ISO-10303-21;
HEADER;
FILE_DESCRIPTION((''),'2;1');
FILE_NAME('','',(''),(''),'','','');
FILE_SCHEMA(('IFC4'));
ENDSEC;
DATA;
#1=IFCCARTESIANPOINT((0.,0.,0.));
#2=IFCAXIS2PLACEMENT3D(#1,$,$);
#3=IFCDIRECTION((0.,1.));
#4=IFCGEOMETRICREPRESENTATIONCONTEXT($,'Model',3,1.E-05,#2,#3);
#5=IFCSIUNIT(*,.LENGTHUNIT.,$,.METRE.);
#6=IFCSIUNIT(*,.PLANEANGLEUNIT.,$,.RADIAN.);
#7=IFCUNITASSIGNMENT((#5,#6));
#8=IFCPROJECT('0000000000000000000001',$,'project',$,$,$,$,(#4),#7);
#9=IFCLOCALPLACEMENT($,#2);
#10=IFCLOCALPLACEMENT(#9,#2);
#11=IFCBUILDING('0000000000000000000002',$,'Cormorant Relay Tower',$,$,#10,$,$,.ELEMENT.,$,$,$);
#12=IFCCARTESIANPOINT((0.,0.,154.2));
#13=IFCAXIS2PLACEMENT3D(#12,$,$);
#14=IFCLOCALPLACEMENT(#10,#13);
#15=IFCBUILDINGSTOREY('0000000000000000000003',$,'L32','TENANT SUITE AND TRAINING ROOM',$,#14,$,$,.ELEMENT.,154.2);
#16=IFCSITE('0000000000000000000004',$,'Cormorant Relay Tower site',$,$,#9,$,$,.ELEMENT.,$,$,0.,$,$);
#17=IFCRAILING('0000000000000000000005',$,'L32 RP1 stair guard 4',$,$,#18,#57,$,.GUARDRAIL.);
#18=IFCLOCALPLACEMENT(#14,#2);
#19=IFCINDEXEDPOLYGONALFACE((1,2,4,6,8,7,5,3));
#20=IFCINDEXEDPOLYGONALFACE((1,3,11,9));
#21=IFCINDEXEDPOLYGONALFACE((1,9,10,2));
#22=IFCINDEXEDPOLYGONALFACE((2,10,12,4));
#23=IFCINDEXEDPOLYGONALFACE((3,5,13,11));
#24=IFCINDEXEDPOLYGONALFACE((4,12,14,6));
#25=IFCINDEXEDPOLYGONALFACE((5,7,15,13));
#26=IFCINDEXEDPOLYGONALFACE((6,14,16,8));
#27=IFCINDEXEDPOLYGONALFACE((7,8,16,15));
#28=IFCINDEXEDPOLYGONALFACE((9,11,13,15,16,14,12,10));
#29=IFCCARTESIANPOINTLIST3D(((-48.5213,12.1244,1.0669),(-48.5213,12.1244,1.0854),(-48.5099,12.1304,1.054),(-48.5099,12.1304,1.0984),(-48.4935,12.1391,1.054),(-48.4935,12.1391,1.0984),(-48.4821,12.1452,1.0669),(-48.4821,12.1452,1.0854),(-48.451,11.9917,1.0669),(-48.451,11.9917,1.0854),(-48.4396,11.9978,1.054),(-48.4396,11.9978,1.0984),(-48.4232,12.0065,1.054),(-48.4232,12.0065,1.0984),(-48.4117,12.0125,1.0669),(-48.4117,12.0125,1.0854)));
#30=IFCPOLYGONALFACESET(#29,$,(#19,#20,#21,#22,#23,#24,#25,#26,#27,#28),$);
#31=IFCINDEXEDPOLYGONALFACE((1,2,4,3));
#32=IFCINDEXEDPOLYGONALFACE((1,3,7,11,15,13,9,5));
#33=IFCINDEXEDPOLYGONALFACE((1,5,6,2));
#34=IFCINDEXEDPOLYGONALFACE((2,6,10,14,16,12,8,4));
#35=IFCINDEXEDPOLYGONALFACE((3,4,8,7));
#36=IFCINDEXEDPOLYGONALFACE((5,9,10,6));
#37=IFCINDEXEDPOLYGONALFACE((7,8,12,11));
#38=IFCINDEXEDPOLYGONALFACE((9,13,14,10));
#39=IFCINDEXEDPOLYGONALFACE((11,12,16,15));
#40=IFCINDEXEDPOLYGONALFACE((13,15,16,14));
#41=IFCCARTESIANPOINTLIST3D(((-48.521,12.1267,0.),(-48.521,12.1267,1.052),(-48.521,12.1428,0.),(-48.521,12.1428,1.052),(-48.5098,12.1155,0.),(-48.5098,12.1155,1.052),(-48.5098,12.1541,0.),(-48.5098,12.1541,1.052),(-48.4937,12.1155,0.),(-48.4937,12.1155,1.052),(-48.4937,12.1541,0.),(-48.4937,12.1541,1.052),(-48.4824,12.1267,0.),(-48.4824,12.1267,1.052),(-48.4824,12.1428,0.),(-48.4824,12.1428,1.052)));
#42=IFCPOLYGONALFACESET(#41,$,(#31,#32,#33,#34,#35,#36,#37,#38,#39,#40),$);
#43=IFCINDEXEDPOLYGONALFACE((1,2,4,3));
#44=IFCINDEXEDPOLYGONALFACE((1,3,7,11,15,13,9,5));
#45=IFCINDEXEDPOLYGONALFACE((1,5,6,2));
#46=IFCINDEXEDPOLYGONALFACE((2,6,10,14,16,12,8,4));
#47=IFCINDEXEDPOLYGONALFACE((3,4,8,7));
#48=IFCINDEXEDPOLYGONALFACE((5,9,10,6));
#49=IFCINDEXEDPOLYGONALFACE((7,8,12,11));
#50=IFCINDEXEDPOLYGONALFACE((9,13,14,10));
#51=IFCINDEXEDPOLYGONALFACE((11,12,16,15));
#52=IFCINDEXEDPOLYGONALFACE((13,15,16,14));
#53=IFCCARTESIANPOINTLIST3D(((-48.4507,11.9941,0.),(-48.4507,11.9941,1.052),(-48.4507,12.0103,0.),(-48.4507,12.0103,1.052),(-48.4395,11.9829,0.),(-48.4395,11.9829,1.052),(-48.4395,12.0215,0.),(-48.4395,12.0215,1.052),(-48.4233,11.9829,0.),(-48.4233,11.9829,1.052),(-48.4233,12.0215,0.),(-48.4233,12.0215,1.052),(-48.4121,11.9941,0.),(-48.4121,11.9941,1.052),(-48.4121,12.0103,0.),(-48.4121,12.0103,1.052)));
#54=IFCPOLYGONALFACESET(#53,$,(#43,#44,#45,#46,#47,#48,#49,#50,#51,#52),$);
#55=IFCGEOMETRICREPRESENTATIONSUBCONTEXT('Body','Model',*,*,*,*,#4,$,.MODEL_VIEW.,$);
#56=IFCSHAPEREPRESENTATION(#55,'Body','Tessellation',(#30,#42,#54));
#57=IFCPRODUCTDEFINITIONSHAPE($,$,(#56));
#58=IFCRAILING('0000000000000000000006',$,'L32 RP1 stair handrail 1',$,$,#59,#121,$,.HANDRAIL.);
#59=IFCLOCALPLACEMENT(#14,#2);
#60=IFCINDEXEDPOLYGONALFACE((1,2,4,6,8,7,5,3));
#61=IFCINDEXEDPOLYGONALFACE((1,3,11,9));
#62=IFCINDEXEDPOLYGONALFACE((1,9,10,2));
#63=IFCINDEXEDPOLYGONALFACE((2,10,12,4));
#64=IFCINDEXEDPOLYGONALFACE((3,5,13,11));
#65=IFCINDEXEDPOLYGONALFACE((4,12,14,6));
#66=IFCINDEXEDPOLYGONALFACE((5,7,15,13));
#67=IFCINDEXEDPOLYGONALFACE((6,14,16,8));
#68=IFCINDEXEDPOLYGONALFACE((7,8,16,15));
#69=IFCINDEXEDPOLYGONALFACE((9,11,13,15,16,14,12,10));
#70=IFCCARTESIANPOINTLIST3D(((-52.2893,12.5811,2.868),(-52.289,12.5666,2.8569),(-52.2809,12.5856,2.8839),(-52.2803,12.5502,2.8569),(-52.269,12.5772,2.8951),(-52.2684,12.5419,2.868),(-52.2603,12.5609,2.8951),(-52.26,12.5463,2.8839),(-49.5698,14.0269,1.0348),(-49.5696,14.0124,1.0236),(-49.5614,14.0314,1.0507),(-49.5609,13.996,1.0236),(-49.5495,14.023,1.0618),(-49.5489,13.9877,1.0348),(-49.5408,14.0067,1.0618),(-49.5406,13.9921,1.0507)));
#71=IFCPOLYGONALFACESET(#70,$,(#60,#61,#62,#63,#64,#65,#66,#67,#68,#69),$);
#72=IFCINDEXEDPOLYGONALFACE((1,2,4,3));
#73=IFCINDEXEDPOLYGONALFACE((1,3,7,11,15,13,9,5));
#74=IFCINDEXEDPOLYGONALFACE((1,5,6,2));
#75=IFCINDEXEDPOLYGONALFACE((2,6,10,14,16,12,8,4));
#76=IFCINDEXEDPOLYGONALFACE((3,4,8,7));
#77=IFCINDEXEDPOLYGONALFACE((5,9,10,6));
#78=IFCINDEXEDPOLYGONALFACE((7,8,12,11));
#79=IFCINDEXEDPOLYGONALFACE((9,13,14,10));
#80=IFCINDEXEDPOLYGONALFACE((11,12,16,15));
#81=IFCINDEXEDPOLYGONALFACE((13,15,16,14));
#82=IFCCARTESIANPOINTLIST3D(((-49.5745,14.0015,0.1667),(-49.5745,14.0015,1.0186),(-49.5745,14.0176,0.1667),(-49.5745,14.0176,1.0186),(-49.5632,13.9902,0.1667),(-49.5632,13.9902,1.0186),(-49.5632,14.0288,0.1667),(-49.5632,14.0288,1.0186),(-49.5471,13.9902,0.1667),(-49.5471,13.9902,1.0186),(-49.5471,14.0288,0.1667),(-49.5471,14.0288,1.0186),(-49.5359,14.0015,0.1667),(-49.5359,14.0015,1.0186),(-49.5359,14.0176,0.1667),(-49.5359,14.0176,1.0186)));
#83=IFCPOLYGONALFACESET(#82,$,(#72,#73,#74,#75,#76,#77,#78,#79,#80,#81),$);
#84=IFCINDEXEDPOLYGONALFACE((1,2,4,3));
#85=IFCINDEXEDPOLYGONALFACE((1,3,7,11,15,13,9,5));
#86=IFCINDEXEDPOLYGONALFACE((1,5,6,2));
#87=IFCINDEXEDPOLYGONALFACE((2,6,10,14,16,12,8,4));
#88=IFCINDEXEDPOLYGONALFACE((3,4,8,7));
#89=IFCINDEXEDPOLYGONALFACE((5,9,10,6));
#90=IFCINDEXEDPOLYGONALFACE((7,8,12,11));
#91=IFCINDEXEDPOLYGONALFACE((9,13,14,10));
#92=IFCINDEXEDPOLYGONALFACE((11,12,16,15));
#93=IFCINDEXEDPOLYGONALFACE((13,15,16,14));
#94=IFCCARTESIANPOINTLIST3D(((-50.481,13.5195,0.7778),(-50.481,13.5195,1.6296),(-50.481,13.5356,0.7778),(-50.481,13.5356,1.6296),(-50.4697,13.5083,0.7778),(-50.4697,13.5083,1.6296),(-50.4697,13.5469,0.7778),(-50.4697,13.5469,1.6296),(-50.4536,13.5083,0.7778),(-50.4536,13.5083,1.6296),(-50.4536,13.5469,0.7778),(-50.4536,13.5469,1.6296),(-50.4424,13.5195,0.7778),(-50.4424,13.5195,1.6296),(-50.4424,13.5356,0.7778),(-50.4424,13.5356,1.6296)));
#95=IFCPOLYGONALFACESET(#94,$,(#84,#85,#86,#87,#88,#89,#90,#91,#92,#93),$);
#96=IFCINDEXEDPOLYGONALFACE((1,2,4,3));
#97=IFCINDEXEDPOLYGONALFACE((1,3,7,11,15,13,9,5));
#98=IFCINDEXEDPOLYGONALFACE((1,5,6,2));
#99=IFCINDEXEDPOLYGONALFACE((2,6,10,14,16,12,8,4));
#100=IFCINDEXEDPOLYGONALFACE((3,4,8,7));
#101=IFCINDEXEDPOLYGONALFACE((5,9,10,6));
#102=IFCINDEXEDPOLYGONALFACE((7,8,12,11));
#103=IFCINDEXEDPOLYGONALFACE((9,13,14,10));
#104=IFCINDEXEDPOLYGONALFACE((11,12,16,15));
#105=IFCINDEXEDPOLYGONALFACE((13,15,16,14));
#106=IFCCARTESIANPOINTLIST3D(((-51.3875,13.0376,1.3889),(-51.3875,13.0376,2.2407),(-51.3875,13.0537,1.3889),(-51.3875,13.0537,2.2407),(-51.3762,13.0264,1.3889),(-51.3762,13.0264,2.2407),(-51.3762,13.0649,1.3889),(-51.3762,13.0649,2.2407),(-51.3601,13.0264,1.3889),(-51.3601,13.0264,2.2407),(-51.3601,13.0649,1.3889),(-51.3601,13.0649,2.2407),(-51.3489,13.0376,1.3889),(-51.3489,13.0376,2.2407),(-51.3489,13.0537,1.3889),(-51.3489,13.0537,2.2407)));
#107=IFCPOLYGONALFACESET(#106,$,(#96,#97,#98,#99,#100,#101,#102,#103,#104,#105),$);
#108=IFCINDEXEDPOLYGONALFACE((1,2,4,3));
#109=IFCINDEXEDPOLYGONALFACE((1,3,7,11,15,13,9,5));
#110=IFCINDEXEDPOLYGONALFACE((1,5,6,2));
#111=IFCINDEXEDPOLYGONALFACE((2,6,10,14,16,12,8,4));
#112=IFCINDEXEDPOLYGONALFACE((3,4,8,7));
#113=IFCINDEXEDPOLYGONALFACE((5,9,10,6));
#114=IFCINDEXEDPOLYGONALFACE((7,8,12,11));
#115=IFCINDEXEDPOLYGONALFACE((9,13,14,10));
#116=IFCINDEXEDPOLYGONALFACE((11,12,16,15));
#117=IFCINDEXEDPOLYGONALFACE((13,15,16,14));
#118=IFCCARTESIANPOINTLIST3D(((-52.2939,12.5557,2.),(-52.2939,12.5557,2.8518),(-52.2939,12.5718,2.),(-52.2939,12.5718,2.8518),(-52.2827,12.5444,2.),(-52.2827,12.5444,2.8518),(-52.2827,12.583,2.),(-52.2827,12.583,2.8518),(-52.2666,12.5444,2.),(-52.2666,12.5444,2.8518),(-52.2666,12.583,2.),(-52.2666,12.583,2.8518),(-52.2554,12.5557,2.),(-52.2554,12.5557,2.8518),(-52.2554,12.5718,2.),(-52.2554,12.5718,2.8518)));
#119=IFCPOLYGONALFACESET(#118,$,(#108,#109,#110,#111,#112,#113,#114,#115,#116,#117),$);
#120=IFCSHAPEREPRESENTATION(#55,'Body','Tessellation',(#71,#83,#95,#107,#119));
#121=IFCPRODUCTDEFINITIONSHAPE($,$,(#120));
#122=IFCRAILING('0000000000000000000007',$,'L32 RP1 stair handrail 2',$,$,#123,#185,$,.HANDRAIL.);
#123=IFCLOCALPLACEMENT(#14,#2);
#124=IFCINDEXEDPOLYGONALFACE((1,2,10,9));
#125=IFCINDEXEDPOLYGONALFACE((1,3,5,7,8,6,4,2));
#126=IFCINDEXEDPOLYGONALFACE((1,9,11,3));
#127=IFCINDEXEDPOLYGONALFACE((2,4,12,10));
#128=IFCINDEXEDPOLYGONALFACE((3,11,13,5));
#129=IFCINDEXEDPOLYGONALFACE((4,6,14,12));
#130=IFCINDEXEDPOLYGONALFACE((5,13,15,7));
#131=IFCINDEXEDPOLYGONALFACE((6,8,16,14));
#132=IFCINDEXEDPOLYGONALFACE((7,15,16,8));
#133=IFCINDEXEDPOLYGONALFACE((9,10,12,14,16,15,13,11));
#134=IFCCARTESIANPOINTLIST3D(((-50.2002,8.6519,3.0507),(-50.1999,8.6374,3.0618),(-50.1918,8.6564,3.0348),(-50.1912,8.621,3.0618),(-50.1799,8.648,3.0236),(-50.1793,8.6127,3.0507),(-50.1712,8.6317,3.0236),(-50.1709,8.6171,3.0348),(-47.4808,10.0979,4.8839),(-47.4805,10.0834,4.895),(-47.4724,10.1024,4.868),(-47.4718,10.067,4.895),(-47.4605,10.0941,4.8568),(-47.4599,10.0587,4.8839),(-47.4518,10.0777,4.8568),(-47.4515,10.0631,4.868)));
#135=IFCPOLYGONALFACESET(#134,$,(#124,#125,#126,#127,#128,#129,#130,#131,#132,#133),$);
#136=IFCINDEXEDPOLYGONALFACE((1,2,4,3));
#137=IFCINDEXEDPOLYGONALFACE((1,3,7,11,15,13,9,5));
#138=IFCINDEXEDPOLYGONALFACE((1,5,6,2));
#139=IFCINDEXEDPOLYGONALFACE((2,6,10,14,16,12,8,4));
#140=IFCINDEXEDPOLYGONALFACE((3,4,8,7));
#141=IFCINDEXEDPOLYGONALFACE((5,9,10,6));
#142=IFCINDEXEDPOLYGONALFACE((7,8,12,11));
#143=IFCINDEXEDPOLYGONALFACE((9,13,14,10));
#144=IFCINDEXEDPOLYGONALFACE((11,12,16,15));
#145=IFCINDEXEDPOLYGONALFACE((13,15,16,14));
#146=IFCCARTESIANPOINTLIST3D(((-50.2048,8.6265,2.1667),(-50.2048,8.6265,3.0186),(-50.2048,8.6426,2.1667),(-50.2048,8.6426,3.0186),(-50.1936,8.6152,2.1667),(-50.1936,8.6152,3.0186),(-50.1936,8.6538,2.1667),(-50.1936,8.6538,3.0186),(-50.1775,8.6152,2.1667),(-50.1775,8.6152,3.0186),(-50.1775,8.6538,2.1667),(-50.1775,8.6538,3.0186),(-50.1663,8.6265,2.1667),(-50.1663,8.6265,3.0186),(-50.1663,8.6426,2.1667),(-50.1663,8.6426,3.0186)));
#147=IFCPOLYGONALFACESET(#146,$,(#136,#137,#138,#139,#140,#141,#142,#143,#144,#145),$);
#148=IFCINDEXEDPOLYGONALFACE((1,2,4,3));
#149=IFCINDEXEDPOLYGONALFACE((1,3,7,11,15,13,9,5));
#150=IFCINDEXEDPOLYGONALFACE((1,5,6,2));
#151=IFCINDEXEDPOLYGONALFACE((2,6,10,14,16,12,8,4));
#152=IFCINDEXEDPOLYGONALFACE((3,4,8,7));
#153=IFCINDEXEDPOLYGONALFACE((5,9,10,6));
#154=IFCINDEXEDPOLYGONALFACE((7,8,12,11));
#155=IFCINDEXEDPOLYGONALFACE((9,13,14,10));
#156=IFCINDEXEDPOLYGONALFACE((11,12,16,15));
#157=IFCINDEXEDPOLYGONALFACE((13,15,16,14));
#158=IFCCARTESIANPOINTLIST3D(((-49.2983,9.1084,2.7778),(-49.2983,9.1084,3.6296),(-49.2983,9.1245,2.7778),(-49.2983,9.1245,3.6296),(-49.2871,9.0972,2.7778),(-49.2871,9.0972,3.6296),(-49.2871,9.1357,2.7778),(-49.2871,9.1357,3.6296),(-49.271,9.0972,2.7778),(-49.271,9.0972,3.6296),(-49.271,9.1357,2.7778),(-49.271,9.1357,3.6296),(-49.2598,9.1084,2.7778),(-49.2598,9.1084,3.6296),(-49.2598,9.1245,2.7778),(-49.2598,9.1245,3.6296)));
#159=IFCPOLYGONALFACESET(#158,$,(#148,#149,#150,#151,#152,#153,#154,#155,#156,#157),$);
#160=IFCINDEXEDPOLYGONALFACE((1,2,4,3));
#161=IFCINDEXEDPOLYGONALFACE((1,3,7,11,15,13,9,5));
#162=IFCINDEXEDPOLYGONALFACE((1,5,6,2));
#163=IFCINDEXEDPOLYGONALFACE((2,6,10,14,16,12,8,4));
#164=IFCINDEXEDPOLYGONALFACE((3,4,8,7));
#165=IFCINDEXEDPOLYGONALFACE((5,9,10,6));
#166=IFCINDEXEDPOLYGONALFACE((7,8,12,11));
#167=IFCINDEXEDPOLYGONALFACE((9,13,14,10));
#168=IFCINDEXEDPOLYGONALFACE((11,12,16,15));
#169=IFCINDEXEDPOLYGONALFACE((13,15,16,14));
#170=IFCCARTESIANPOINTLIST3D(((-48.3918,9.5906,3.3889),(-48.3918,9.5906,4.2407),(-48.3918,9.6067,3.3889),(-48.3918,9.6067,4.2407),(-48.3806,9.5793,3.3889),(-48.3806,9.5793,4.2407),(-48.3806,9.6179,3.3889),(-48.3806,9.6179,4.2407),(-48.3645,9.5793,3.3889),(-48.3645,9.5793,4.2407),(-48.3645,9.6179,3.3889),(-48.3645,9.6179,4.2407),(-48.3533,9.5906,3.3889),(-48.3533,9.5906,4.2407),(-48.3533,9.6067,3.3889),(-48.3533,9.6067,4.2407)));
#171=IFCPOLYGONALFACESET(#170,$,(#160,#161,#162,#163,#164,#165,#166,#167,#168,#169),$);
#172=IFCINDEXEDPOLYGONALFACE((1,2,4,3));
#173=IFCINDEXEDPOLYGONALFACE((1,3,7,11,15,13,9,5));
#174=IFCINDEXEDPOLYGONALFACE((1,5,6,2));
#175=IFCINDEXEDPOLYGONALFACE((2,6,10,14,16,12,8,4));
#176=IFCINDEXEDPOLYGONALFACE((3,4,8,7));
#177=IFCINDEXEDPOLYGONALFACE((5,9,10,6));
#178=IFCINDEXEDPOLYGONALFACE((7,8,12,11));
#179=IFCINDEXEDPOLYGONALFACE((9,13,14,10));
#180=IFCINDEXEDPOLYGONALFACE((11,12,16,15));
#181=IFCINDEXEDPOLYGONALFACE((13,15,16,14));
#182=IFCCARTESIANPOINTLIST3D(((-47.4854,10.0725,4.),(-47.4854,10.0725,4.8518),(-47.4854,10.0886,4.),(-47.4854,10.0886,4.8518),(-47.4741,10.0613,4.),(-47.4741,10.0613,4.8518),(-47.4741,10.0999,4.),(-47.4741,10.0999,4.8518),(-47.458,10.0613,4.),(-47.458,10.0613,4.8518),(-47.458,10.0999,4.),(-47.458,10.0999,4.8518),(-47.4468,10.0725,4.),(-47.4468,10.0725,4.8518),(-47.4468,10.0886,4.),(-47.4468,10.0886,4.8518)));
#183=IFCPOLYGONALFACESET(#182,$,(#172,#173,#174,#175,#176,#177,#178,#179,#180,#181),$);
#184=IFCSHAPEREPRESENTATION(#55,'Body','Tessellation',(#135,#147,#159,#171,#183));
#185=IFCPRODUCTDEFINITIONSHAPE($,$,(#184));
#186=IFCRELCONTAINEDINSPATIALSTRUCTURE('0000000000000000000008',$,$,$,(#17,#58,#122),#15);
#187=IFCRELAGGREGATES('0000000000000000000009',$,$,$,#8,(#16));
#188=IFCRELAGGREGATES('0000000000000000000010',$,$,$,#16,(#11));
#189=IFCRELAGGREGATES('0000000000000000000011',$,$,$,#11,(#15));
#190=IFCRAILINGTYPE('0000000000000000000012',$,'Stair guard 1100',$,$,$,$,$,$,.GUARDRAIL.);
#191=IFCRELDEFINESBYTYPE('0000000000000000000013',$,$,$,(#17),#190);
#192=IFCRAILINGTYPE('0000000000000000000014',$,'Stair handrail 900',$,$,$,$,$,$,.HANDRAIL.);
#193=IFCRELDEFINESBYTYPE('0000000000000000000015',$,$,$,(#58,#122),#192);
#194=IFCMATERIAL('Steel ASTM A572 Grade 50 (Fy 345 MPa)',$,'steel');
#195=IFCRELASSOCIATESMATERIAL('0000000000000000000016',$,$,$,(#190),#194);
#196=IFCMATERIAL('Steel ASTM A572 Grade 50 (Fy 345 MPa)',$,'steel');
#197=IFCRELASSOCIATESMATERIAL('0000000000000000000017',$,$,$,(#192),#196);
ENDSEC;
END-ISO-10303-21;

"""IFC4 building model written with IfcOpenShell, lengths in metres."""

from ifc_helpers import new_model, si_unit, direction, frame, origin, place, context, subcontext, project, spatial, polyline, outline, extrude, material, type_object, element, save


model = new_model("IFC4")

# Units and contexts
model_context = context("Model", 3, precision=1e-05, world=origin(), true_north=direction((0.0, 1.0)))
body_context = subcontext(model_context, "Body", "Model", "MODEL_VIEW")
ifc_project = project(units=[si_unit("LENGTHUNIT", "METRE"), si_unit("PLANEANGLEUNIT", "RADIAN")], contexts=[model_context])

# Site, building, storey
site_placement = place(None, origin())
site = spatial("IfcSite", under=ifc_project, at=site_placement, Name="Cormorant Relay Tower site", CompositionType="ELEMENT", RefElevation=0.0)
building_placement = place(site_placement, origin())
building = spatial("IfcBuilding", under=site, at=building_placement, Name="Cormorant Relay Tower", CompositionType="ELEMENT")
storey_placement = place(building_placement, frame((0.0, 0.0, 154.2)))
storey = spatial("IfcBuildingStorey", under=building, at=storey_placement, Name="L32", Description="TENANT SUITE AND TRAINING ROOM", CompositionType="ELEMENT", Elevation=154.2)

# Railings
ifc_material_1 = material(Name="Steel ASTM A572 Grade 50 (Fy 345 MPa)", Category="steel")
railing_type_1 = type_object("IfcRailingType", Name="Stair guard 1100", PredefinedType="GUARDRAIL", material=ifc_material_1)
railing_1_placement = place(storey_placement, frame((-48.5017, 12.1348, 0.0)))
element("IfcRailing", 1, at=railing_1_placement, inside=storey, type_object=railing_type_1, Name="L32 RP1 stair guard 4", PredefinedType="GUARDRAIL", context=body_context, shape_type="SweptSolid", body=[
    extrude(outline(polyline([(0.0222, 0.0093), (0.0093, 0.0222), (-0.0093, 0.0222), (-0.0222, 0.0093), (-0.0222, -0.0093), (-0.0093, -0.0222), (0.0093, -0.0222), (0.0222, -0.0093), (0.0222, 0.0093)])), frame((0.0, 0.0, 1.0762), z_axis=(0.46856, -0.883431, 0.0), x_axis=(0.883431, 0.46856, 0.0)), (0.0, 0.0, 1.0), 0.1501),
    extrude(outline(polyline([(0.0193, 0.0081), (0.0081, 0.0193), (-0.0081, 0.0193), (-0.0193, 0.0081), (-0.0193, -0.0081), (-0.0081, -0.0193), (0.0081, -0.0193), (0.0193, -0.0081), (0.0193, 0.0081)])), origin(), (0.0, 0.0, 1.0), 1.052),
    extrude(outline(polyline([(0.0193, 0.0081), (0.0081, 0.0193), (-0.0081, 0.0193), (-0.0193, 0.0081), (-0.0193, -0.0081), (-0.0081, -0.0193), (0.0081, -0.0193), (0.0193, -0.0081), (0.0193, 0.0081)])), frame((0.0703, -0.1326, 0.0)), (0.0, 0.0, 1.0), 1.052),
])
ifc_material_2 = material(Name="Steel ASTM A572 Grade 50 (Fy 345 MPa)", Category="steel")
railing_type_2 = type_object("IfcRailingType", Name="Stair handrail 900", PredefinedType="HANDRAIL", material=ifc_material_2)
railing_2_placement = place(storey_placement, frame((-49.5552, 14.0095, 0.1667)))
element("IfcRailing", 2, at=railing_2_placement, inside=storey, type_object=railing_type_2, Name="L32 RP1 stair handrail 1", PredefinedType="HANDRAIL", context=body_context, shape_type="SweptSolid", body=[
    extrude(outline(polyline([(0.0222, 0.0093), (0.0093, 0.0222), (-0.0093, 0.0222), (-0.0222, 0.0093), (-0.0222, -0.0093), (-0.0093, -0.0222), (0.0093, -0.0222), (0.0222, -0.0093), (0.0222, 0.0093)])), frame((0.0, 0.0, 0.876), z_axis=(-0.758735, -0.403378, 0.511477), x_axis=(0.469428, -0.882971, 0.0)), (0.0, 0.0, 1.0), 3.5842),
    extrude(outline(polyline([(0.0193, 0.0081), (0.0081, 0.0193), (-0.0081, 0.0193), (-0.0193, 0.0081), (-0.0193, -0.0081), (-0.0081, -0.0193), (0.0081, -0.0193), (0.0193, -0.0081), (0.0193, 0.0081)])), origin(), (0.0, 0.0, 1.0), 0.8518),
    extrude(outline(polyline([(0.0193, 0.0081), (0.0081, 0.0193), (-0.0081, 0.0193), (-0.0193, 0.0081), (-0.0193, -0.0081), (-0.0081, -0.0193), (0.0081, -0.0193), (0.0193, -0.0081), (0.0193, 0.0081)])), frame((-0.9065, -0.4819, 0.6111)), (0.0, 0.0, 1.0), 0.8518),
    extrude(outline(polyline([(0.0193, 0.0081), (0.0081, 0.0193), (-0.0081, 0.0193), (-0.0193, 0.0081), (-0.0193, -0.0081), (-0.0081, -0.0193), (0.0081, -0.0193), (0.0193, -0.0081), (0.0193, 0.0081)])), frame((-1.813, -0.9639, 1.2222)), (0.0, 0.0, 1.0), 0.8518),
    extrude(outline(polyline([(0.0193, 0.0081), (0.0081, 0.0193), (-0.0081, 0.0193), (-0.0193, 0.0081), (-0.0193, -0.0081), (-0.0081, -0.0193), (0.0081, -0.0193), (0.0193, -0.0081), (0.0193, 0.0081)])), frame((-2.7195, -1.4458, 1.8333)), (0.0, 0.0, 1.0), 0.8518),
])
railing_3_placement = place(storey_placement, frame((-50.1855, 8.6345, 2.1667)))
element("IfcRailing", 3, at=railing_3_placement, inside=storey, type_object=railing_type_2, Name="L32 RP1 stair handrail 2", PredefinedType="HANDRAIL", context=body_context, shape_type="SweptSolid", body=[
    extrude(outline(polyline([(0.0222, 0.0093), (0.0093, 0.0222), (-0.0093, 0.0222), (-0.0222, 0.0093), (-0.0222, -0.0093), (-0.0093, -0.0222), (0.0093, -0.0222), (0.0222, -0.0093), (0.0222, 0.0093)])), frame((0.0, 0.0, 0.876), z_axis=(0.758714, 0.403435, 0.511463), x_axis=(-0.469489, 0.882938, 0.0)), (0.0, 0.0, 1.0), 3.5842),
    extrude(outline(polyline([(0.0193, 0.0081), (0.0081, 0.0193), (-0.0081, 0.0193), (-0.0193, 0.0081), (-0.0193, -0.0081), (-0.0081, -0.0193), (0.0081, -0.0193), (0.0193, -0.0081), (0.0193, 0.0081)])), origin(), (0.0, 0.0, 1.0), 0.8518),
    extrude(outline(polyline([(0.0193, 0.0081), (0.0081, 0.0193), (-0.0081, 0.0193), (-0.0193, 0.0081), (-0.0193, -0.0081), (-0.0081, -0.0193), (0.0081, -0.0193), (0.0193, -0.0081), (0.0193, 0.0081)])), frame((0.9065, 0.4819, 0.6111)), (0.0, 0.0, 1.0), 0.8518),
    extrude(outline(polyline([(0.0193, 0.0081), (0.0081, 0.0193), (-0.0081, 0.0193), (-0.0193, 0.0081), (-0.0193, -0.0081), (-0.0081, -0.0193), (0.0081, -0.0193), (0.0193, -0.0081), (0.0193, 0.0081)])), frame((1.813, 0.9641, 1.2222)), (0.0, 0.0, 1.0), 0.8518),
    extrude(outline(polyline([(0.0193, 0.0081), (0.0081, 0.0193), (-0.0081, 0.0193), (-0.0193, 0.0081), (-0.0193, -0.0081), (-0.0081, -0.0193), (0.0081, -0.0193), (0.0193, -0.0081), (0.0193, 0.0081)])), frame((2.7195, 1.446, 1.8333)), (0.0, 0.0, 1.0), 0.8518),
])

save(model, "model.ifc")
